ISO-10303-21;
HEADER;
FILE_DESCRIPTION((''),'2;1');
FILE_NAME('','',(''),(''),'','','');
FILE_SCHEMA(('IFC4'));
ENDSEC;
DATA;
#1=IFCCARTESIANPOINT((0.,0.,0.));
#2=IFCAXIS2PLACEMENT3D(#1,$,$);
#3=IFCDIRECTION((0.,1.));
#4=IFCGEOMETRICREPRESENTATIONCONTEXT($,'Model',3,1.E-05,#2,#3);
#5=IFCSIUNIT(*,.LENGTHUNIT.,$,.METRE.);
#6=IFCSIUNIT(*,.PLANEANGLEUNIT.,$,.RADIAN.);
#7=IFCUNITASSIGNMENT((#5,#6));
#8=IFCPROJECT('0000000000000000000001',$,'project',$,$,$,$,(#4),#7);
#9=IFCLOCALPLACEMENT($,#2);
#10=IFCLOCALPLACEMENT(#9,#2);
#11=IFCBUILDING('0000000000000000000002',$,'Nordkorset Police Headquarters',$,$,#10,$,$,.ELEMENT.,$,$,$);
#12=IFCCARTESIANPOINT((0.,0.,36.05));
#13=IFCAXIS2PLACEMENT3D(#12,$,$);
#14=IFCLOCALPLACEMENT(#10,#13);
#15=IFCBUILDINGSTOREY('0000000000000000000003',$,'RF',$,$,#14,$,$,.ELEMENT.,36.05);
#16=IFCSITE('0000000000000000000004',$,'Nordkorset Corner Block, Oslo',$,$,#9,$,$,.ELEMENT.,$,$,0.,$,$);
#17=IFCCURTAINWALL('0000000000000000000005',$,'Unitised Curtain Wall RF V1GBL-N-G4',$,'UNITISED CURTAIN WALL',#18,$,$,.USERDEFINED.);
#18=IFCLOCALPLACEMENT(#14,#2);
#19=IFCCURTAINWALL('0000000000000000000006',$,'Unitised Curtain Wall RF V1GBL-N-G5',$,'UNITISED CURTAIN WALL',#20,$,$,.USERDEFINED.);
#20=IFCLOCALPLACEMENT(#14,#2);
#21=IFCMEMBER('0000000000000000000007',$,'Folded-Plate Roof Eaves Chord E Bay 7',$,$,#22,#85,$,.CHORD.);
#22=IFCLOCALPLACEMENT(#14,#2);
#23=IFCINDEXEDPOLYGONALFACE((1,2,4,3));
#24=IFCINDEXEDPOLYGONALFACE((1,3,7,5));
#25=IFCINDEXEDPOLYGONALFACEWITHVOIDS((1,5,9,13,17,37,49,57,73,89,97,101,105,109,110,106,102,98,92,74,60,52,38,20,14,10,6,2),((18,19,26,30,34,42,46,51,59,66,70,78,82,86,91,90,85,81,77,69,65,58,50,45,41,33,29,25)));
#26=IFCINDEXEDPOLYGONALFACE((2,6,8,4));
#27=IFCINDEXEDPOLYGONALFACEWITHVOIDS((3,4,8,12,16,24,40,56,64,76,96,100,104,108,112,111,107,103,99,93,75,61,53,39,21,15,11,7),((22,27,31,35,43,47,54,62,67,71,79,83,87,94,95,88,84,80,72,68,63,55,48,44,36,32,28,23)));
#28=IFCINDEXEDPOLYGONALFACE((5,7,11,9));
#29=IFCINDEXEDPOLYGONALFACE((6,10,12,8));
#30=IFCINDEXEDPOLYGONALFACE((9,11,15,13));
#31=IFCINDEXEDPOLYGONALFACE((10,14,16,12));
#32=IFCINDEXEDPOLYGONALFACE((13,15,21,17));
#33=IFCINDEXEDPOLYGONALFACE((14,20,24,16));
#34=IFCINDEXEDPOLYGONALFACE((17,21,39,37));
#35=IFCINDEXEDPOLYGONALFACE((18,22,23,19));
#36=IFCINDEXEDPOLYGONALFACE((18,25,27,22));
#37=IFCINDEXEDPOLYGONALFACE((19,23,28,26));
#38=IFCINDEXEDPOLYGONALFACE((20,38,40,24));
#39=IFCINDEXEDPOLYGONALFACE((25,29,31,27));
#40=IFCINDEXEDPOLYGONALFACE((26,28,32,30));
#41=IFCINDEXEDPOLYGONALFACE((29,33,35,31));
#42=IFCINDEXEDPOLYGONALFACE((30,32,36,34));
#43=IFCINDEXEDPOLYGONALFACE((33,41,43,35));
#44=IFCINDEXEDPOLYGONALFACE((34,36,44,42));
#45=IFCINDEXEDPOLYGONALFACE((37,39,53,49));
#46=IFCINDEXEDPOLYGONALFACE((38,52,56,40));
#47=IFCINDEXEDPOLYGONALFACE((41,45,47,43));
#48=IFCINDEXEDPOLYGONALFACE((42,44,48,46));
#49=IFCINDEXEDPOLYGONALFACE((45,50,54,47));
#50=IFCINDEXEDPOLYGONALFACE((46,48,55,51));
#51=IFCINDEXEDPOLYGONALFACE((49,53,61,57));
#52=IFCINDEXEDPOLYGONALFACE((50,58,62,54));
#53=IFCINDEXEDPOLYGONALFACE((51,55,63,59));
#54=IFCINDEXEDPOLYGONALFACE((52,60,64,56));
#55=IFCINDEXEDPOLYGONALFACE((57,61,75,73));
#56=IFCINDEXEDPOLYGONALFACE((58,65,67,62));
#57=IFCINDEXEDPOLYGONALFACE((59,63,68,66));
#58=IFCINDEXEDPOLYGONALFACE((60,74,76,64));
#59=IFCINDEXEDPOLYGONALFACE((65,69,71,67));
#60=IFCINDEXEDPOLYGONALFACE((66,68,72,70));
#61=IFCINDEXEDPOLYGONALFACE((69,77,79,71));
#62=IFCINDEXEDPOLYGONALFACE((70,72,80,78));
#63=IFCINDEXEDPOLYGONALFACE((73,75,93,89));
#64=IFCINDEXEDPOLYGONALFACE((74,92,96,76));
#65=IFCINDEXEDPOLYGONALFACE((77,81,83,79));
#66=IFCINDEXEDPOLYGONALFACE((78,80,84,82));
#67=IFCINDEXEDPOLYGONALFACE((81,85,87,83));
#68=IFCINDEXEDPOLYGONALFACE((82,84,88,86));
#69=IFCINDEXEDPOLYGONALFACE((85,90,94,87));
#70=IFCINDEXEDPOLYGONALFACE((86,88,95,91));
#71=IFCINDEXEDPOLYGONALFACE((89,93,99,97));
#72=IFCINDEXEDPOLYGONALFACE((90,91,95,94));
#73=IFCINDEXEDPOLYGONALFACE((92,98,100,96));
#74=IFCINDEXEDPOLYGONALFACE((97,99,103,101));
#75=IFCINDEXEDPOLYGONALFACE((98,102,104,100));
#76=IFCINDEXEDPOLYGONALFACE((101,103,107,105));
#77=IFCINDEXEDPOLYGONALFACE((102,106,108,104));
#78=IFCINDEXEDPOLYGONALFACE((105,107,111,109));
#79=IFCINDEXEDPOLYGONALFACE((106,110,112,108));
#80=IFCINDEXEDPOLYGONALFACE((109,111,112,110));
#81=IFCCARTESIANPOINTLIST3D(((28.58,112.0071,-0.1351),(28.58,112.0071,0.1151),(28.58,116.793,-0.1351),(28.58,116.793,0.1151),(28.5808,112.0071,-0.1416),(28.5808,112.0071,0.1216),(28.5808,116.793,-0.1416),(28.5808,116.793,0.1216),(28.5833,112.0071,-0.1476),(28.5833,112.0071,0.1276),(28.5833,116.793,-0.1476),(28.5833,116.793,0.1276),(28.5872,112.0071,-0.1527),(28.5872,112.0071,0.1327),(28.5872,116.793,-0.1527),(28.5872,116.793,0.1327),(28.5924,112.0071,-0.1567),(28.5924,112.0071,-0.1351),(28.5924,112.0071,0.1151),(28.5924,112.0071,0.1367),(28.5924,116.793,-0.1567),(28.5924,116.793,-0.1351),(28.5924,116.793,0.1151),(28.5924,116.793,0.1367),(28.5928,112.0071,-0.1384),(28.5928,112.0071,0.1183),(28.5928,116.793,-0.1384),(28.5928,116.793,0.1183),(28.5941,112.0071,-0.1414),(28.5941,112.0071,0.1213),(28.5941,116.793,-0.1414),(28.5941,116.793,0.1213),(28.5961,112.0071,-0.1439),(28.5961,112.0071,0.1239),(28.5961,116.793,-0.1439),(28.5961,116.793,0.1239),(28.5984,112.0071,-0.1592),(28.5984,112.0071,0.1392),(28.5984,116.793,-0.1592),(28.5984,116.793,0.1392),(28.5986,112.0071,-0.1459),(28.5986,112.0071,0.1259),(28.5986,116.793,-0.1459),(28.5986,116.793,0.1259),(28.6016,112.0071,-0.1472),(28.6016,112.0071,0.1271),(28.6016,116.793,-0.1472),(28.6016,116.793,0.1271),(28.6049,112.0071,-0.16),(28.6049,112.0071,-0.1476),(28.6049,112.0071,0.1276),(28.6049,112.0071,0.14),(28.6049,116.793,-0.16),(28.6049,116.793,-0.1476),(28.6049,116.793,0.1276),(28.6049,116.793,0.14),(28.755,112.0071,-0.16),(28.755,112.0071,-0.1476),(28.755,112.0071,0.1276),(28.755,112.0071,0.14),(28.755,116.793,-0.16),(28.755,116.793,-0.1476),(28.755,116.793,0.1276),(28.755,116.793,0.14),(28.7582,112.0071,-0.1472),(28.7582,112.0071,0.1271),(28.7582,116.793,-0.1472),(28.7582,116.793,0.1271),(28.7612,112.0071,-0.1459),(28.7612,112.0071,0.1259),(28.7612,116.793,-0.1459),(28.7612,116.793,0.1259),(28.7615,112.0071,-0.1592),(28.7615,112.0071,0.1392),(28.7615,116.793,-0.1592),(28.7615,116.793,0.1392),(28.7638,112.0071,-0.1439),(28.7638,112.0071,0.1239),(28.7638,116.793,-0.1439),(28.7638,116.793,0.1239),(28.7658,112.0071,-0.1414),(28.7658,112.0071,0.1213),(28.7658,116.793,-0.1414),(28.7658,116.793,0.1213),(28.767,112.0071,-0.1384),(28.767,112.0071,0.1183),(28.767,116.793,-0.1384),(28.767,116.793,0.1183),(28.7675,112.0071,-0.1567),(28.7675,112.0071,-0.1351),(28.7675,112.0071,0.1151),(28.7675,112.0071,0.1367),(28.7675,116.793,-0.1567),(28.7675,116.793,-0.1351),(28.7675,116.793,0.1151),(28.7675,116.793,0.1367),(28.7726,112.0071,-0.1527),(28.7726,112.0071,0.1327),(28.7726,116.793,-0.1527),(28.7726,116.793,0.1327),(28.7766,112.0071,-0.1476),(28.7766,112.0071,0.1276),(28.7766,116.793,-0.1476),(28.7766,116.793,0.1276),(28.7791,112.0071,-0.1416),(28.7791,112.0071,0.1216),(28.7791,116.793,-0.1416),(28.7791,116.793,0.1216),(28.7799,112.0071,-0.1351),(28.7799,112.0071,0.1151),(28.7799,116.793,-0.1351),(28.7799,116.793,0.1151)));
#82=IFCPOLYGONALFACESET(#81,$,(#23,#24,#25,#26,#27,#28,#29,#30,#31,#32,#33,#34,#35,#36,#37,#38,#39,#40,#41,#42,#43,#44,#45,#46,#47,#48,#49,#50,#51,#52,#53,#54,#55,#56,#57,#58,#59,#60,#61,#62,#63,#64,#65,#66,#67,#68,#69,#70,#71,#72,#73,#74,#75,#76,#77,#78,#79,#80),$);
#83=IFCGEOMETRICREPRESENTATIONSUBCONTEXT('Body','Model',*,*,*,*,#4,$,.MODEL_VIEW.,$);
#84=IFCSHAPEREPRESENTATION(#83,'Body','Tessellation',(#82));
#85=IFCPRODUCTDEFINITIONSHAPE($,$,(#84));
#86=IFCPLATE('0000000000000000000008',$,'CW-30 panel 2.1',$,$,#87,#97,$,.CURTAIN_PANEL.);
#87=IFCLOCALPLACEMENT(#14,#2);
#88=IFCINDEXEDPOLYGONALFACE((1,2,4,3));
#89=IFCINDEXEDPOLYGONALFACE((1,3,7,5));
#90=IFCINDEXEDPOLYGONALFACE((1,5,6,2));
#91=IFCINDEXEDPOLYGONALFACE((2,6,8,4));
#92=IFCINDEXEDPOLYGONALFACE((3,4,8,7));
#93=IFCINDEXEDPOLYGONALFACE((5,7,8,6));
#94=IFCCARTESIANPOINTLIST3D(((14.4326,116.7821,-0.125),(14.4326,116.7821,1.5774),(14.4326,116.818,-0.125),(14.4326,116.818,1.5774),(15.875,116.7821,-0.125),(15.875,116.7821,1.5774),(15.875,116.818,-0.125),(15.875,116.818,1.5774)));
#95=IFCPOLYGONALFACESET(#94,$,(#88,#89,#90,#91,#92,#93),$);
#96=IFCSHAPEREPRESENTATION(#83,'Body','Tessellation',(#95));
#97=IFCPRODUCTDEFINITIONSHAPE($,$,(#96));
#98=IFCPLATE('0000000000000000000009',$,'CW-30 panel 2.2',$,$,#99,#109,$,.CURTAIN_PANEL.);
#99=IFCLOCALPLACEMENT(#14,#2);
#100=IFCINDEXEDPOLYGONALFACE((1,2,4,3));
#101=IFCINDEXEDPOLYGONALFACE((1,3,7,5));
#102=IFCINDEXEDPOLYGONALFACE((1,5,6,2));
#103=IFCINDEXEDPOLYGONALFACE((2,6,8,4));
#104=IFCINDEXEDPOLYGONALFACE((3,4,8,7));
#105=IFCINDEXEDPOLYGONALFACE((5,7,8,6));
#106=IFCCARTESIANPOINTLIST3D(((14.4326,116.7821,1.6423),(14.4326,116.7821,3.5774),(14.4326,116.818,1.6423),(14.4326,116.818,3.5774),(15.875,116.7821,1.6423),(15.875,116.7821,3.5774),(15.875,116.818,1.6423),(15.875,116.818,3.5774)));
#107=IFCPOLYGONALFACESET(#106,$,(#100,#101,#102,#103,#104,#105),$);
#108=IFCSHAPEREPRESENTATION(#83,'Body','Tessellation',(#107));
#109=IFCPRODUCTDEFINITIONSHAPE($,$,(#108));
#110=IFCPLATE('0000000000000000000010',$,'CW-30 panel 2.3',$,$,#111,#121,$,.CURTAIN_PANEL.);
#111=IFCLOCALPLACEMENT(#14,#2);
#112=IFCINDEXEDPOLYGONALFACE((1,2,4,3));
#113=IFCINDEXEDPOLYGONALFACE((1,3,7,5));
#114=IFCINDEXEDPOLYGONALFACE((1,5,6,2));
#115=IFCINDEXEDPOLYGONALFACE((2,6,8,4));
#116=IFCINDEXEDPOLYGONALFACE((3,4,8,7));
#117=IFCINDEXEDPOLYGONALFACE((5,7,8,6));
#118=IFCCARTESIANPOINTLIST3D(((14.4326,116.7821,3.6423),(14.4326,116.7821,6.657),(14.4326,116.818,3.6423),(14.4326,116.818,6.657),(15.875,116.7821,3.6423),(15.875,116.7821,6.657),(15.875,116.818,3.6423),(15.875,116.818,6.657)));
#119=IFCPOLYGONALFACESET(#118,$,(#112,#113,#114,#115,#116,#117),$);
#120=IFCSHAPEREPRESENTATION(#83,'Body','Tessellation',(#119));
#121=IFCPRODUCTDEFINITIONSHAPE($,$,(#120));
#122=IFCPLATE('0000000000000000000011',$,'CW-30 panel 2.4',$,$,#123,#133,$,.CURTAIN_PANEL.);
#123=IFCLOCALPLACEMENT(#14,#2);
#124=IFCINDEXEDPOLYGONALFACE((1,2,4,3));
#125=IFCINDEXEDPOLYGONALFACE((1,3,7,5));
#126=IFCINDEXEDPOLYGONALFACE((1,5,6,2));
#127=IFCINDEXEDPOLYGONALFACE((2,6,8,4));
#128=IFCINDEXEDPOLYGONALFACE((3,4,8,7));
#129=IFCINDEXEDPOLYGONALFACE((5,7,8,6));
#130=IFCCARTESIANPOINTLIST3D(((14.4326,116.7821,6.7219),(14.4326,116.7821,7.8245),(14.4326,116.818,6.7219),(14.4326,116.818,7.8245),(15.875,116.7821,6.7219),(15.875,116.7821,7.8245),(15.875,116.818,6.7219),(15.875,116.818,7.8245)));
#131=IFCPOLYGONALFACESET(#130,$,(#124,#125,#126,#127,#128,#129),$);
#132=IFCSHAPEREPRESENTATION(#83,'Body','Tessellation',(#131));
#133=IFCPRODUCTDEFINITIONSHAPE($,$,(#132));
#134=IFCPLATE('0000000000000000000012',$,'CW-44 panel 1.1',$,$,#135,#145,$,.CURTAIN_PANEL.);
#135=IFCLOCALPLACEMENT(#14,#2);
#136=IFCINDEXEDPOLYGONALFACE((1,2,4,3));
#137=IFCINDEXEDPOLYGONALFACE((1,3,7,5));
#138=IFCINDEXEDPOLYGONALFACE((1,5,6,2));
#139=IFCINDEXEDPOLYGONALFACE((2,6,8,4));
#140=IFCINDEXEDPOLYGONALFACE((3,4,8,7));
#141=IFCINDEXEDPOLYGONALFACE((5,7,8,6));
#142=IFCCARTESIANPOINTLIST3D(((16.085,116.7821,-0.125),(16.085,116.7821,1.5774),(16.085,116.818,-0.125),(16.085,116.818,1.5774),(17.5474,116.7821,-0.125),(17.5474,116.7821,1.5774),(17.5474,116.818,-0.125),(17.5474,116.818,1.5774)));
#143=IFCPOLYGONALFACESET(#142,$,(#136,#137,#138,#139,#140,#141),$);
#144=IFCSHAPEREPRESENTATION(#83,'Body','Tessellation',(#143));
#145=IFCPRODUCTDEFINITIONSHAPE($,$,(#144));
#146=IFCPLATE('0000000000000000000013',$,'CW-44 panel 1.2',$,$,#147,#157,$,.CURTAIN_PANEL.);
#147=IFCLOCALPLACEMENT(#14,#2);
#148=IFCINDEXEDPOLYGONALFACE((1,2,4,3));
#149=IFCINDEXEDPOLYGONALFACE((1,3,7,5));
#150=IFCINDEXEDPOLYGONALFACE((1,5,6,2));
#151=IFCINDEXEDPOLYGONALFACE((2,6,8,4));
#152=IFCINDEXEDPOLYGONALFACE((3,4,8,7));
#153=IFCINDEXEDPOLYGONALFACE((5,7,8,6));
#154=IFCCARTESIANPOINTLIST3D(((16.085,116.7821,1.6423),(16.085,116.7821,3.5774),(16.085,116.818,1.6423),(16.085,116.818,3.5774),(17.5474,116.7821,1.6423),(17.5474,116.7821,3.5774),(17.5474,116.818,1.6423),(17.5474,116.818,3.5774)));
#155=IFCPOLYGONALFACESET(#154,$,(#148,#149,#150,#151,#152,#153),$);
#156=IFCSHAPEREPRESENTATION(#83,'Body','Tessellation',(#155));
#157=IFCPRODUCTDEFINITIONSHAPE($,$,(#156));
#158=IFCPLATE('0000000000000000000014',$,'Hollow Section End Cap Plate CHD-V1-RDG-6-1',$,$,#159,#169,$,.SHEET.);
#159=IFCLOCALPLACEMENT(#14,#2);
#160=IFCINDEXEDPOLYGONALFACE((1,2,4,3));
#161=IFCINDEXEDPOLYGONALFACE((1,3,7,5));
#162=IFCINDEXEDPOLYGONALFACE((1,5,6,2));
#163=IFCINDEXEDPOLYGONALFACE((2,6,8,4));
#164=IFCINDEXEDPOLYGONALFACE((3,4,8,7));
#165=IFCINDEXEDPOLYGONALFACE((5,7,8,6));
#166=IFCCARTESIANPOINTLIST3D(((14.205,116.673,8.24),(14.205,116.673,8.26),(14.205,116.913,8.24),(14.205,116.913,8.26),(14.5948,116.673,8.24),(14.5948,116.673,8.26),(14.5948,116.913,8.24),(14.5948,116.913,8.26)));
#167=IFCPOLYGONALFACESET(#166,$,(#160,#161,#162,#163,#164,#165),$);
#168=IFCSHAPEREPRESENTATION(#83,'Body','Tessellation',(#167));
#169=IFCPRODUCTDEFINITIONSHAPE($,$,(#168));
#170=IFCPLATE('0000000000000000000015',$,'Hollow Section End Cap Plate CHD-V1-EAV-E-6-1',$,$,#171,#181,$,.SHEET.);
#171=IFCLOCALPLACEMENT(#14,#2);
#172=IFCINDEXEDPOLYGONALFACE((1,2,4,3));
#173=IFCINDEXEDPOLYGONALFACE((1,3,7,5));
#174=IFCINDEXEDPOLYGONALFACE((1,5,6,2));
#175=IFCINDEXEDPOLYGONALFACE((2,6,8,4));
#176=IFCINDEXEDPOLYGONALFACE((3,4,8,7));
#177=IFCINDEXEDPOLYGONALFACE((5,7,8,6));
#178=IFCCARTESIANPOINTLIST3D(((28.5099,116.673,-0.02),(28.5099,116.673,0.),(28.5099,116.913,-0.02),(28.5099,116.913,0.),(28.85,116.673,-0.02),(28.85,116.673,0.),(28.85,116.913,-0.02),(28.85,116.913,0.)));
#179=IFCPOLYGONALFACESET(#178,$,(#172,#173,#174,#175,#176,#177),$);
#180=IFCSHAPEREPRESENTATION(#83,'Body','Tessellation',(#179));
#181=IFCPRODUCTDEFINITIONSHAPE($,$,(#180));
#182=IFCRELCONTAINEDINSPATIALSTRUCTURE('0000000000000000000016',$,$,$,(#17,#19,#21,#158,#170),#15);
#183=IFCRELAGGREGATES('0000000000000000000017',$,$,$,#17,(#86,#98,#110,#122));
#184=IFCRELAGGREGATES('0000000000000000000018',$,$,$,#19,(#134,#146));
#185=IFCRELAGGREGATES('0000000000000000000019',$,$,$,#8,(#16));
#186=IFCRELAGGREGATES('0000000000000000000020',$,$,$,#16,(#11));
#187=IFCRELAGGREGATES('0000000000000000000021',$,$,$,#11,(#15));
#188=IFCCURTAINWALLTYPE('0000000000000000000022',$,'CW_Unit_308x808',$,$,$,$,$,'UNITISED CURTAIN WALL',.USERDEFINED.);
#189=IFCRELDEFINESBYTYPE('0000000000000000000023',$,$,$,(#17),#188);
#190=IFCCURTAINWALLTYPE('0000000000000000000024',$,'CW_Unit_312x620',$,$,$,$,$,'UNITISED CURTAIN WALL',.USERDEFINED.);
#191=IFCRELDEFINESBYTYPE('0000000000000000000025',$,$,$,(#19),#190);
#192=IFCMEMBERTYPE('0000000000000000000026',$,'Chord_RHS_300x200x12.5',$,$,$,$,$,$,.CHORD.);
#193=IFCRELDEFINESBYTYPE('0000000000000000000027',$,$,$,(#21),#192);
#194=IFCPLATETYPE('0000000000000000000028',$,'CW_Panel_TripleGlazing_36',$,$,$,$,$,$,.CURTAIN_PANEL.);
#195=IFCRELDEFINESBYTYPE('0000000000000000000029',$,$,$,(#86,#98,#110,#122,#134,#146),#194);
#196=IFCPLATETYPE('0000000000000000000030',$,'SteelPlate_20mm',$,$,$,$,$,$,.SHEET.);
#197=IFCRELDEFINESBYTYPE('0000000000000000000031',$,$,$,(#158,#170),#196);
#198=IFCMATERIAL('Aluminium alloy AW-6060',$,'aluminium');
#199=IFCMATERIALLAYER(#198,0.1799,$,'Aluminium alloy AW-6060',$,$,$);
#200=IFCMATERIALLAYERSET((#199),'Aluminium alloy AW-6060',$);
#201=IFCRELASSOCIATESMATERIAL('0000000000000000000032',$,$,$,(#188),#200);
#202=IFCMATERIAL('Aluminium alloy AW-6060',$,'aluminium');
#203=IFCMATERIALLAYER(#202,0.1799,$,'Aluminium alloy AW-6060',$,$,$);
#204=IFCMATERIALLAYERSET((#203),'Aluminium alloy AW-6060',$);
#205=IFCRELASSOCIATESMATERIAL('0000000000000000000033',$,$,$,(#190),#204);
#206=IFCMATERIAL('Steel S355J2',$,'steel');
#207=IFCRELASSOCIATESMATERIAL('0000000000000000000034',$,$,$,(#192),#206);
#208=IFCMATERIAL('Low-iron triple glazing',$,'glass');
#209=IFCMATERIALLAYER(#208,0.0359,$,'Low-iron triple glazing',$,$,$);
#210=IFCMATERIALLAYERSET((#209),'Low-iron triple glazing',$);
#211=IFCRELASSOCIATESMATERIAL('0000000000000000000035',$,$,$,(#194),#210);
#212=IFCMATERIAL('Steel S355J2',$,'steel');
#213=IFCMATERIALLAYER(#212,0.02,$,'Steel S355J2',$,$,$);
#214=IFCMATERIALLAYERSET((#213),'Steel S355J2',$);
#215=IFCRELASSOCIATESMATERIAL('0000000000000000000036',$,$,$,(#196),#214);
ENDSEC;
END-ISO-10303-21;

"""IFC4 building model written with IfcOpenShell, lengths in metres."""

from ifc_helpers import new_model, si_unit, direction, frame, origin, origin_2d, place, context, subcontext, project, spatial, rectangle, hollow_rectangle, extrude, material, layer, layer_set, material_profile, profile_set, type_object, element, aggregate, save


model = new_model("IFC4")

# Units and contexts
model_context = context("Model", 3, precision=1e-05, world=origin(), true_north=direction((0.0, 1.0)))
body_context = subcontext(model_context, "Body", "Model", "MODEL_VIEW")
ifc_project = project(units=[si_unit("LENGTHUNIT", "METRE"), si_unit("PLANEANGLEUNIT", "RADIAN")], contexts=[model_context])

# Site, building, storey
site_placement = place(None, origin())
site = spatial("IfcSite", under=ifc_project, at=site_placement, Name="Nordkorset Corner Block, Oslo", CompositionType="ELEMENT", RefElevation=0.0)
building_placement = place(site_placement, origin())
building = spatial("IfcBuilding", under=site, at=building_placement, Name="Nordkorset Police Headquarters", CompositionType="ELEMENT")
storey_placement = place(building_placement, frame((0.0, 0.0, 36.05)))
storey = spatial("IfcBuildingStorey", under=building, at=storey_placement, Name="RF", CompositionType="ELEMENT", Elevation=36.05)

# Curtain wall
ifc_material_1 = material(Name="Aluminium alloy AW-6060", Category="aluminium")
ifc_layer_1 = layer(ifc_material_1, 0.1799, Name="Aluminium alloy AW-6060")
ifc_layer_set_1 = layer_set([ifc_layer_1], Name="Aluminium alloy AW-6060")
curtain_wall_type_1 = type_object("IfcCurtainWallType", Name="CW_Unit_308x808", ElementType="UNITISED CURTAIN WALL", PredefinedType="USERDEFINED", material=ifc_layer_set_1)
curtain_wall_1_placement = place(storey_placement, origin())
curtain_wall_1 = element("IfcCurtainWall", 1, at=curtain_wall_1_placement, inside=storey, type_object=curtain_wall_type_1, Name="Unitised Curtain Wall RF V1GBL-N-G4", ObjectType="UNITISED CURTAIN WALL", PredefinedType="USERDEFINED")

# Curtain wall
ifc_material_2 = material(Name="Aluminium alloy AW-6060", Category="aluminium")
ifc_layer_2 = layer(ifc_material_2, 0.1799, Name="Aluminium alloy AW-6060")
ifc_layer_set_2 = layer_set([ifc_layer_2], Name="Aluminium alloy AW-6060")
curtain_wall_type_2 = type_object("IfcCurtainWallType", Name="CW_Unit_312x620", ElementType="UNITISED CURTAIN WALL", PredefinedType="USERDEFINED", material=ifc_layer_set_2)
curtain_wall_2_placement = place(storey_placement, origin())
curtain_wall_2 = element("IfcCurtainWall", 2, at=curtain_wall_2_placement, inside=storey, type_object=curtain_wall_type_2, Name="Unitised Curtain Wall RF V1GBL-N-G5", ObjectType="UNITISED CURTAIN WALL", PredefinedType="USERDEFINED")

# Member
ifc_material_3 = material(Name="Steel S355J2", Category="steel")
ifc_material_profile_1 = material_profile(ifc_material_3, hollow_rectangle(XDim=0.2, YDim=0.3, WallThickness=0.0125, InnerFilletRadius=0.0125, OuterFilletRadius=0.0249, at=origin_2d()), Name="RHS 300x200x12.5")
ifc_profile_set_1 = profile_set([ifc_material_profile_1], Name="Steel S355J2")
member_type_1 = type_object("IfcMemberType", Name="Chord_RHS_300x200x12.5", PredefinedType="CHORD", material=ifc_profile_set_1)
member_1_placement = place(storey_placement, frame((28.6799, 112.0071, -0.01), z_axis=(0.0, 1.0, 0.0), x_axis=(-1.0, 0.0, 0.0)))
element("IfcMember", 3, at=member_1_placement, inside=storey, type_object=member_type_1, Name="Folded-Plate Roof Eaves Chord E Bay 7", PredefinedType="CHORD", context=body_context, shape_type="SweptSolid", body=[
    extrude(hollow_rectangle(XDim=0.2, YDim=0.3, WallThickness=0.0125, InnerFilletRadius=0.0125, OuterFilletRadius=0.0249, at=origin_2d()), origin(), (0.0, 0.0, 1.0), 4.7859),
])

# Plates
ifc_material_4 = material(Name="Low-iron triple glazing", Category="glass")
ifc_layer_3 = layer(ifc_material_4, 0.0359, Name="Low-iron triple glazing")
ifc_layer_set_3 = layer_set([ifc_layer_3], Name="Low-iron triple glazing")
plate_type_1 = type_object("IfcPlateType", Name="CW_Panel_TripleGlazing_36", PredefinedType="CURTAIN_PANEL", material=ifc_layer_set_3)
plate_1_placement = place(storey_placement, frame((15.1538, 116.8, -0.125), z_axis=(0.0, 0.0, 1.0), x_axis=(1.0, 0.0, 0.0)))
plate_1 = element("IfcPlate", 4, at=plate_1_placement, type_object=plate_type_1, Name="CW-30 panel 2.1", PredefinedType="CURTAIN_PANEL", context=body_context, shape_type="SweptSolid", body=[
    extrude(rectangle(XDim=1.4424, YDim=0.0359, at=origin_2d()), origin(), (0.0, 0.0, 1.0), 1.7024),
])
plate_2_placement = place(storey_placement, frame((15.1538, 116.8, 1.6423), z_axis=(0.0, 0.0, 1.0), x_axis=(1.0, 0.0, 0.0)))
plate_2 = element("IfcPlate", 5, at=plate_2_placement, type_object=plate_type_1, Name="CW-30 panel 2.2", PredefinedType="CURTAIN_PANEL", context=body_context, shape_type="SweptSolid", body=[
    extrude(rectangle(XDim=1.4424, YDim=0.0359, at=origin_2d()), origin(), (0.0, 0.0, 1.0), 1.9351),
])
plate_3_placement = place(storey_placement, frame((15.1538, 116.8, 3.6423), z_axis=(0.0, 0.0, 1.0), x_axis=(1.0, 0.0, 0.0)))
plate_3 = element("IfcPlate", 6, at=plate_3_placement, type_object=plate_type_1, Name="CW-30 panel 2.3", PredefinedType="CURTAIN_PANEL", context=body_context, shape_type="SweptSolid", body=[
    extrude(rectangle(XDim=1.4424, YDim=0.0359, at=origin_2d()), origin(), (0.0, 0.0, 1.0), 3.0146),
])
plate_4_placement = place(storey_placement, frame((15.1538, 116.8, 6.7219), z_axis=(0.0, 0.0, 1.0), x_axis=(1.0, 0.0, 0.0)))
plate_4 = element("IfcPlate", 7, at=plate_4_placement, type_object=plate_type_1, Name="CW-30 panel 2.4", PredefinedType="CURTAIN_PANEL", context=body_context, shape_type="SweptSolid", body=[
    extrude(rectangle(XDim=1.4424, YDim=0.0359, at=origin_2d()), origin(), (0.0, 0.0, 1.0), 1.1025),
])
aggregate(curtain_wall_1, [plate_1, plate_2, plate_3, plate_4])
plate_5_placement = place(storey_placement, frame((16.8162, 116.8, -0.125), z_axis=(0.0, 0.0, 1.0), x_axis=(1.0, 0.0, 0.0)))
plate_5 = element("IfcPlate", 8, at=plate_5_placement, type_object=plate_type_1, Name="CW-44 panel 1.1", PredefinedType="CURTAIN_PANEL", context=body_context, shape_type="SweptSolid", body=[
    extrude(rectangle(XDim=1.4624, YDim=0.0359, at=origin_2d()), origin(), (0.0, 0.0, 1.0), 1.7024),
])
plate_6_placement = place(storey_placement, frame((16.8162, 116.8, 1.6423), z_axis=(0.0, 0.0, 1.0), x_axis=(1.0, 0.0, 0.0)))
plate_6 = element("IfcPlate", 9, at=plate_6_placement, type_object=plate_type_1, Name="CW-44 panel 1.2", PredefinedType="CURTAIN_PANEL", context=body_context, shape_type="SweptSolid", body=[
    extrude(rectangle(XDim=1.4624, YDim=0.0359, at=origin_2d()), origin(), (0.0, 0.0, 1.0), 1.9351),
])
aggregate(curtain_wall_2, [plate_5, plate_6])

# Plates
ifc_material_5 = material(Name="Steel S355J2", Category="steel")
ifc_layer_4 = layer(ifc_material_5, 0.02, Name="Steel S355J2")
ifc_layer_set_4 = layer_set([ifc_layer_4], Name="Steel S355J2")
plate_type_2 = type_object("IfcPlateType", Name="SteelPlate_20mm", PredefinedType="SHEET", material=ifc_layer_set_4)
plate_7_placement = place(storey_placement, frame((14.3999, 116.793, 8.24), z_axis=(0.0, 0.0, 1.0), x_axis=(1.0, 0.0, 0.0)))
element("IfcPlate", 10, at=plate_7_placement, inside=storey, type_object=plate_type_2, Name="Hollow Section End Cap Plate CHD-V1-RDG-6-1", PredefinedType="SHEET", context=body_context, shape_type="SweptSolid", body=[
    extrude(rectangle(XDim=0.3899, YDim=0.24, at=origin_2d()), origin(), (0.0, 0.0, 1.0), 0.02),
])
plate_8_placement = place(storey_placement, frame((28.6799, 116.793, -0.02), z_axis=(0.0, 0.0, 1.0), x_axis=(1.0, 0.0, 0.0)))
element("IfcPlate", 11, at=plate_8_placement, inside=storey, type_object=plate_type_2, Name="Hollow Section End Cap Plate CHD-V1-EAV-E-6-1", PredefinedType="SHEET", context=body_context, shape_type="SweptSolid", body=[
    extrude(rectangle(XDim=0.3401, YDim=0.24, at=origin_2d()), origin(), (0.0, 0.0, 1.0), 0.02),
])

save(model, "model.ifc")
